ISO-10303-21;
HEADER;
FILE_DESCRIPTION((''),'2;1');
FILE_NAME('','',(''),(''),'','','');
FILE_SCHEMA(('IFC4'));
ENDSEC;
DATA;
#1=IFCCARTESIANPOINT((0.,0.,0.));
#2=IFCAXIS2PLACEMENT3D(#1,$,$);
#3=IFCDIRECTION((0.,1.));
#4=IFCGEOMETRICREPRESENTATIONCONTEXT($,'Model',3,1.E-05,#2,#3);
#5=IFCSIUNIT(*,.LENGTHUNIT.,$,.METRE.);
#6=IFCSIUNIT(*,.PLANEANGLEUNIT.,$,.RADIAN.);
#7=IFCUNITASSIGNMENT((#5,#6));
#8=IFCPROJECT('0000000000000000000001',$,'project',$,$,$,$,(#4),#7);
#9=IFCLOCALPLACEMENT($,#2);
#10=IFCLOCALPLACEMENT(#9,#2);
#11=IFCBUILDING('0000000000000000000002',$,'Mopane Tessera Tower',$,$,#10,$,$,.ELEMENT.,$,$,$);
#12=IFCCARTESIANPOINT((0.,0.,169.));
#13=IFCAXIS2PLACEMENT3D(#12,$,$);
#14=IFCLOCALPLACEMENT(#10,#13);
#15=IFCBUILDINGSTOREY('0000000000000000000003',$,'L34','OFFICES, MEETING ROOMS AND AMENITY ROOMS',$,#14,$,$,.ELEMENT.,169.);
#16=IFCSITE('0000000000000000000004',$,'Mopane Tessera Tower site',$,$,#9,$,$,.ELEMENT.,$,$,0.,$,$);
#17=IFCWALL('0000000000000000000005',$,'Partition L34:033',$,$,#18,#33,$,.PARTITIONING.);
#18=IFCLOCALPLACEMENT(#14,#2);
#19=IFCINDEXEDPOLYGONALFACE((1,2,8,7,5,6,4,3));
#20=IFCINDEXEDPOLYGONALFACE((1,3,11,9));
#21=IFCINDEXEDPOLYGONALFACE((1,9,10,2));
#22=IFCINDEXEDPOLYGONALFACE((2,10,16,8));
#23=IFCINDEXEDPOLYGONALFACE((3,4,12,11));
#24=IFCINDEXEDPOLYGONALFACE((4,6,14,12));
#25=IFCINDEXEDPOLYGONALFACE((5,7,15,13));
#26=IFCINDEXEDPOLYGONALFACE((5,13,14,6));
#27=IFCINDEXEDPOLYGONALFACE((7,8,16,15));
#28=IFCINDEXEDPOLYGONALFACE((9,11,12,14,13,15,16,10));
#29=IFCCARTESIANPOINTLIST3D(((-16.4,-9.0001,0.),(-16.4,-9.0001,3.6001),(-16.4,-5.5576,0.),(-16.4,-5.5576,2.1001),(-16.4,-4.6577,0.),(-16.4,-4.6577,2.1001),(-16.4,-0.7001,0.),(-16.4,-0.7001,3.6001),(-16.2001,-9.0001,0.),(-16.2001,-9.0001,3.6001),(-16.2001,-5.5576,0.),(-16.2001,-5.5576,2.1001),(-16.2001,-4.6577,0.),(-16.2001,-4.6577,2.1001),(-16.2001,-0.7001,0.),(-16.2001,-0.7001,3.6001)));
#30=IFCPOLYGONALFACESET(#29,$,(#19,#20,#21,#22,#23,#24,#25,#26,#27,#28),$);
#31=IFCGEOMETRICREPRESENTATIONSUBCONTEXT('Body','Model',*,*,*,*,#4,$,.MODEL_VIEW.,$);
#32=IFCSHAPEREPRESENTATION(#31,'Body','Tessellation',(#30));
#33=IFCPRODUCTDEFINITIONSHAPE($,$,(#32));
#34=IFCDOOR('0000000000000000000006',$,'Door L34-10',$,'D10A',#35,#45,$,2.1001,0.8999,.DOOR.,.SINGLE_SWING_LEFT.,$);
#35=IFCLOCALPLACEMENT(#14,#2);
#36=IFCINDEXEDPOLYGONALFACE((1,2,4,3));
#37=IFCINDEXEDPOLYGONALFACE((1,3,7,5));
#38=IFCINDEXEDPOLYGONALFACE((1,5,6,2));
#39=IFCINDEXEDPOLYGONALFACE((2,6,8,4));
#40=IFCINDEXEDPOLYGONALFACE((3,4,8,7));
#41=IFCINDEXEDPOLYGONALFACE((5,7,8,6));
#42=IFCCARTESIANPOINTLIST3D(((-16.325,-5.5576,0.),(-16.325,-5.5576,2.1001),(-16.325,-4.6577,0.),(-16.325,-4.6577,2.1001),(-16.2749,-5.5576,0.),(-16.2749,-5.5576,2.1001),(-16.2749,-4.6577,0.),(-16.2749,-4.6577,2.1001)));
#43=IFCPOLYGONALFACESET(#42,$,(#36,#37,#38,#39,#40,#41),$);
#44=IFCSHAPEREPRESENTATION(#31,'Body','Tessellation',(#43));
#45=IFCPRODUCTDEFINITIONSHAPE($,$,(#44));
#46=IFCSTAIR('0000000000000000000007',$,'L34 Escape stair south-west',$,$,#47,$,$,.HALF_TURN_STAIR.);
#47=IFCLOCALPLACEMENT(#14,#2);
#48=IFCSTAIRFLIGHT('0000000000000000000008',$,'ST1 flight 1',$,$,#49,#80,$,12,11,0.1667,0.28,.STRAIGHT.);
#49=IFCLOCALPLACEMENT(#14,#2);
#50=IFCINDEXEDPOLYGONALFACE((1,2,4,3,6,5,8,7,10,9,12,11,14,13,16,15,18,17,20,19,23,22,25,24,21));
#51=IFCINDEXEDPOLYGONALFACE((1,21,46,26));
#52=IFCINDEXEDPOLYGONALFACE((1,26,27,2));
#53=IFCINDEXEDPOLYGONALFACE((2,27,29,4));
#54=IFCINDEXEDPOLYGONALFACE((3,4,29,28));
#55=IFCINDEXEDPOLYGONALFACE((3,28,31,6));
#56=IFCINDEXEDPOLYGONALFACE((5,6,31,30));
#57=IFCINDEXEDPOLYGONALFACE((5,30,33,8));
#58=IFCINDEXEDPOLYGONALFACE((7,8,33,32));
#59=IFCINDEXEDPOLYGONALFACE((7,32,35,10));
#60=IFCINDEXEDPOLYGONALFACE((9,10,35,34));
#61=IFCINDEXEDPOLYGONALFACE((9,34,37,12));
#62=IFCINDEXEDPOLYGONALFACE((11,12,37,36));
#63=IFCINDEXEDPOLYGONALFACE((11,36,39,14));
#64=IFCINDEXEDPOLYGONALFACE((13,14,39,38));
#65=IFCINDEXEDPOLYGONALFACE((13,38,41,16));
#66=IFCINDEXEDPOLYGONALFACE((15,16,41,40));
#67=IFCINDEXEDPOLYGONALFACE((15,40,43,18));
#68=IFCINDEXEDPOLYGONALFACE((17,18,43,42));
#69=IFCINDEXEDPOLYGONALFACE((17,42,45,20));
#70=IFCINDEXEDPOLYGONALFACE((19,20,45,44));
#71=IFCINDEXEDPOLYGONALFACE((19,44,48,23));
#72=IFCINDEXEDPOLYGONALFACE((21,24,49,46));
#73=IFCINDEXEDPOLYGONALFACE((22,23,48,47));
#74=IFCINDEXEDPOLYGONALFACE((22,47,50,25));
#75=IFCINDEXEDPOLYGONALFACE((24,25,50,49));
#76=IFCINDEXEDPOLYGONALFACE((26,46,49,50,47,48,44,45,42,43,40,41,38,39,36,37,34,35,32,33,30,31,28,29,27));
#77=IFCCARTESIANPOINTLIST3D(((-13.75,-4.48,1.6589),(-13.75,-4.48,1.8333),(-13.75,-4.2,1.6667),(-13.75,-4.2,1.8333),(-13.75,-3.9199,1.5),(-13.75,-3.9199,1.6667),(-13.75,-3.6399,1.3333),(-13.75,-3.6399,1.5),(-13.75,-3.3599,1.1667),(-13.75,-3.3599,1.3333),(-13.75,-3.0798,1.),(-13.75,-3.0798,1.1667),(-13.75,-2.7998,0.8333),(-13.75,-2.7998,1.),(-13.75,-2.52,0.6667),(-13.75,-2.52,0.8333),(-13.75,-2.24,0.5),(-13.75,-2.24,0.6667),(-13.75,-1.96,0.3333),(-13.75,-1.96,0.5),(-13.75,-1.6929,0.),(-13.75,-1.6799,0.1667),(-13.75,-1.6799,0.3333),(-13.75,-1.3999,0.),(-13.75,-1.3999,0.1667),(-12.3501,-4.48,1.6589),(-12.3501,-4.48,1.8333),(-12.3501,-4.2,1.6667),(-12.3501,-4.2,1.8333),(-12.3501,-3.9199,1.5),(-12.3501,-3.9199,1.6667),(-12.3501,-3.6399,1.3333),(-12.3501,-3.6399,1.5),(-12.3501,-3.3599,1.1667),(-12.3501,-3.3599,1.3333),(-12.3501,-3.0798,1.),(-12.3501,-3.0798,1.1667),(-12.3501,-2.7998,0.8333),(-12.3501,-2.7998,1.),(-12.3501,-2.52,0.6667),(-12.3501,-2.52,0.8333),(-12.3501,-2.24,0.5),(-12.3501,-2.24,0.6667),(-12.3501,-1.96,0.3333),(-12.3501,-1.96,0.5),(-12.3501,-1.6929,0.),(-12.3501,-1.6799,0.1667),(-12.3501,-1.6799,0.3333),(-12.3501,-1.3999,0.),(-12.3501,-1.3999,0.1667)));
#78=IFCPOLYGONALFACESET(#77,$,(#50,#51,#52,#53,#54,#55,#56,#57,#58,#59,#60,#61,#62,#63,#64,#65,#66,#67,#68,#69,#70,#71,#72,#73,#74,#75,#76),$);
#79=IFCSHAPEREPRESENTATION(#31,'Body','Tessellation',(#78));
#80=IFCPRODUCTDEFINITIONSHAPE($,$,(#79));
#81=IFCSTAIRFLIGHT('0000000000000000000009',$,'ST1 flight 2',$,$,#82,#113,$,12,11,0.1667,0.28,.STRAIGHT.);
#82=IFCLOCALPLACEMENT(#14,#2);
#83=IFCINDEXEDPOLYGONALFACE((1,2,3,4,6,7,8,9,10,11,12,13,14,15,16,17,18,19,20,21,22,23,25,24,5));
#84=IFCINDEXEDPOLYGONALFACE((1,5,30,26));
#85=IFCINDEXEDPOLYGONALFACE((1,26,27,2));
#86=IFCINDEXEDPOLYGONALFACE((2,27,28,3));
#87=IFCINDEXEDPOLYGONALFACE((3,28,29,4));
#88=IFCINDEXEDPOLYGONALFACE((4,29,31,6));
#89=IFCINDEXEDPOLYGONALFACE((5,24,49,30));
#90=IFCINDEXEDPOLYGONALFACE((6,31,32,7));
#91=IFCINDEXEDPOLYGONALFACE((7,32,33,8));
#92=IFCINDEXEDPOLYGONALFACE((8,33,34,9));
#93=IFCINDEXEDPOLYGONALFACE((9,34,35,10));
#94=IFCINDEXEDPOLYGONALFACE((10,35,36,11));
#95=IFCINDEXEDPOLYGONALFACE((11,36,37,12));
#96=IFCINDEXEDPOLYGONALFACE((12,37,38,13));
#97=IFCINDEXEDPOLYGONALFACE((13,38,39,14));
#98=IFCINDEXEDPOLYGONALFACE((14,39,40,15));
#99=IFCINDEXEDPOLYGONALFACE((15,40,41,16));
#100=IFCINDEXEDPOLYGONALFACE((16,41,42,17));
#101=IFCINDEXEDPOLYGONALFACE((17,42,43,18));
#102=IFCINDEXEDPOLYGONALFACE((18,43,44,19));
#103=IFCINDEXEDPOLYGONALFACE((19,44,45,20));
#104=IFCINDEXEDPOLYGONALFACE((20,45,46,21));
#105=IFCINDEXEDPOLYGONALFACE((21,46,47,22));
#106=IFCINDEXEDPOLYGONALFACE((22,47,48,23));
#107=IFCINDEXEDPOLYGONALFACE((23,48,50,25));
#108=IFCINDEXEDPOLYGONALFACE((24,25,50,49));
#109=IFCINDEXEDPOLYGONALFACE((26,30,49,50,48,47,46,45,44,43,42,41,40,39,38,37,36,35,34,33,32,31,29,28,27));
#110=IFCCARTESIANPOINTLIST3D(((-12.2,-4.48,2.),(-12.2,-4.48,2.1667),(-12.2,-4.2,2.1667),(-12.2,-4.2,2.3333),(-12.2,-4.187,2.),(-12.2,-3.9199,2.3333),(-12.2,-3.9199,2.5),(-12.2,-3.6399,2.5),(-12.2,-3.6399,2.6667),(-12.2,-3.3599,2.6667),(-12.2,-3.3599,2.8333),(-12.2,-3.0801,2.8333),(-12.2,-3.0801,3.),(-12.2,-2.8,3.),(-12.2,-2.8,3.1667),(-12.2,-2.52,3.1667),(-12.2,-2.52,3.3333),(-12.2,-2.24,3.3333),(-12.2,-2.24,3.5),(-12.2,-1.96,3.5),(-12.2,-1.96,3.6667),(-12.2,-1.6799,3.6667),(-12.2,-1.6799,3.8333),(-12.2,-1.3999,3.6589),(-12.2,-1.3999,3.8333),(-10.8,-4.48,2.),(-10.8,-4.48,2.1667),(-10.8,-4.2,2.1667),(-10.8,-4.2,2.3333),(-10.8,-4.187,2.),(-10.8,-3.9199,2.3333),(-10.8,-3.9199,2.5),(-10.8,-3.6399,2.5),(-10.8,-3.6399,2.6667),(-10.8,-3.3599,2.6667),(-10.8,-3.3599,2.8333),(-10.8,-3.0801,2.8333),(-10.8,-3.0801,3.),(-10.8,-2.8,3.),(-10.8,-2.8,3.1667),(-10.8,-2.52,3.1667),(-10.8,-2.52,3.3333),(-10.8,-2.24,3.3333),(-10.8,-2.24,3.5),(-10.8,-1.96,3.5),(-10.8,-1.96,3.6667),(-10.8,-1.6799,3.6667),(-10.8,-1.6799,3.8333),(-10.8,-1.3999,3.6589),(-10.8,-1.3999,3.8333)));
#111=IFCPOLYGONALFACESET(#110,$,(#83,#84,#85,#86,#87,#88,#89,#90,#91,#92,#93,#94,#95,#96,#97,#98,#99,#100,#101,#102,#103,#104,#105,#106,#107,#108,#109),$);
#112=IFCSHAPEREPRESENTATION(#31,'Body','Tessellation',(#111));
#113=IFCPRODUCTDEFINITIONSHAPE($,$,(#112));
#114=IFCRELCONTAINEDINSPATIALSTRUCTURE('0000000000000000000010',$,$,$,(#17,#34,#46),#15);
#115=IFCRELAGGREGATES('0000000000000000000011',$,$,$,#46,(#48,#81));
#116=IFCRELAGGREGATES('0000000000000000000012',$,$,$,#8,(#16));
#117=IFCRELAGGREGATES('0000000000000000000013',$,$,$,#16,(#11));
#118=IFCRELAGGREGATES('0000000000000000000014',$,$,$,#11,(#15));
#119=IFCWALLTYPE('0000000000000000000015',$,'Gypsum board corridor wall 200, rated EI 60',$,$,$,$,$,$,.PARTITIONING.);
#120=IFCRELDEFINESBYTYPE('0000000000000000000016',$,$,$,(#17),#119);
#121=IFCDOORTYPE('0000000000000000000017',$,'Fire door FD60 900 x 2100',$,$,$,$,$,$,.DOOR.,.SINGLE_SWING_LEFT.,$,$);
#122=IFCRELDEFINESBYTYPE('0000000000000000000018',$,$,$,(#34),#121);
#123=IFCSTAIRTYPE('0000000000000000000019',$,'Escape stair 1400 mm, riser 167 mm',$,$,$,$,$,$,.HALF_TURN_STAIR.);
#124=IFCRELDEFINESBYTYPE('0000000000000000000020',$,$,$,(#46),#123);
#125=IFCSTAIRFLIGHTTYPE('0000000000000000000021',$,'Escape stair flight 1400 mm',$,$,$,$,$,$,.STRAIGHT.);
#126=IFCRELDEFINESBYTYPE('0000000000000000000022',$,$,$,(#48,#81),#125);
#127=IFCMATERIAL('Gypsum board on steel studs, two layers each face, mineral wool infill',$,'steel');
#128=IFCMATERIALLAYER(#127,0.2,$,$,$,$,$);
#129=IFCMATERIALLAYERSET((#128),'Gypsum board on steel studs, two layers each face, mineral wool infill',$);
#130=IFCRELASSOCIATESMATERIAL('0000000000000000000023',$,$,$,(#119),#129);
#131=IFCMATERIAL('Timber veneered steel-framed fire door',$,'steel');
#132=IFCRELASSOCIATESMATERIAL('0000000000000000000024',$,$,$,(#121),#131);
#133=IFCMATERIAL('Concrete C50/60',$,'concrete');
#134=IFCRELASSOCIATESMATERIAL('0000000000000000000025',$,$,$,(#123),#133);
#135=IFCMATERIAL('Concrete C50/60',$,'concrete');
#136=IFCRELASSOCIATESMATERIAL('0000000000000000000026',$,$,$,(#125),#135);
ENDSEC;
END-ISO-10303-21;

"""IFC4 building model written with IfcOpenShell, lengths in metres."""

from ifc_helpers import new_model, si_unit, direction, frame, frame_2d, origin, place, context, subcontext, project, spatial, polyline, rectangle, outline, extrude, material, layer, layer_set, type_object, element, fill, aggregate, save


model = new_model("IFC4")

# Units and contexts
model_context = context("Model", 3, precision=1e-05, world=origin(), true_north=direction((0.0, 1.0)))
body_context = subcontext(model_context, "Body", "Model", "MODEL_VIEW")
ifc_project = project(units=[si_unit("LENGTHUNIT", "METRE"), si_unit("PLANEANGLEUNIT", "RADIAN")], contexts=[model_context])

# Site, building, storey
site_placement = place(None, origin())
site = spatial("IfcSite", under=ifc_project, at=site_placement, Name="Mopane Tessera Tower site", CompositionType="ELEMENT", RefElevation=0.0)
building_placement = place(site_placement, origin())
building = spatial("IfcBuilding", under=site, at=building_placement, Name="Mopane Tessera Tower", CompositionType="ELEMENT")
storey_placement = place(building_placement, frame((0.0, 0.0, 169.0)))
storey = spatial("IfcBuildingStorey", under=building, at=storey_placement, Name="L34", Description="OFFICES, MEETING ROOMS AND AMENITY ROOMS", CompositionType="ELEMENT", Elevation=169.0)

# Wall, opening, door
ifc_material_1 = material(Name="Gypsum board on steel studs, two layers each face, mineral wool infill", Category="steel")
ifc_layer_1 = layer(ifc_material_1, 0.2)
ifc_layer_set_1 = layer_set([ifc_layer_1], Name="Gypsum board on steel studs, two layers each face, mineral wool infill")
wall_type_1 = type_object("IfcWallType", Name="Gypsum board corridor wall 200, rated EI 60", PredefinedType="PARTITIONING", material=ifc_layer_set_1)
wall_1_placement = place(storey_placement, frame((-16.3, -9.0, 0.0), z_axis=(0.0, 0.0, 1.0), x_axis=(0.0, 1.0, 0.0)))
wall_1 = element("IfcWall", 1, at=wall_1_placement, inside=storey, type_object=wall_type_1, Name="Partition L34:033", PredefinedType="PARTITIONING", context=body_context, shape_type="SweptSolid", body=[
    extrude(rectangle(XDim=8.3, YDim=0.2, at=frame_2d((4.1499, 0.0))), origin(), (0.0, 0.0, 1.0), 3.6001),
])
opening_1_placement = place(wall_1_placement, frame((3.4424, 0.0, 0.0)))
opening_1 = element("IfcOpeningElement", 2, at=opening_1_placement, cuts=wall_1, PredefinedType="OPENING", context=body_context, shape_type="SweptSolid", body=[
    extrude(rectangle(XDim=0.8999, YDim=2.1001, at=frame_2d((0.45, 1.05))), frame((0.0, 0.1121, 0.0), z_axis=(0.0, -1.0, 0.0), x_axis=(1.0, 0.0, 0.0)), (0.0, 0.0, 1.0), 0.2239),
])
ifc_material_2 = material(Name="Timber veneered steel-framed fire door", Category="steel")
door_type_1 = type_object("IfcDoorType", Name="Fire door FD60 900 x 2100", OperationType="SINGLE_SWING_LEFT", PredefinedType="DOOR", material=ifc_material_2)
door_1_placement = place(opening_1_placement, origin())
door_1 = element("IfcDoor", 3, at=door_1_placement, inside=storey, type_object=door_type_1, Name="Door L34-10", ObjectType="D10A", OperationType="SINGLE_SWING_LEFT", OverallHeight=2.1001, OverallWidth=0.8999, PredefinedType="DOOR", context=body_context, shape_type="SweptSolid", body=[
    extrude(rectangle(XDim=0.8999, YDim=2.1001, at=frame_2d((0.45, 1.05))), frame((0.0, 0.0249, 0.0), z_axis=(0.0, -1.0, 0.0), x_axis=(1.0, 0.0, 0.0)), (0.0, 0.0, 1.0), 0.05),
])
fill(opening_1, door_1)

# Stair, stair flights
ifc_material_3 = material(Name="Concrete C50/60", Category="concrete")
stair_type = type_object("IfcStairType", Name="Escape stair 1400 mm, riser 167 mm", PredefinedType="HALF_TURN_STAIR", material=ifc_material_3)
stair_placement = place(storey_placement, origin())
stair = element("IfcStair", 4, at=stair_placement, inside=storey, type_object=stair_type, Name="L34 Escape stair south-west", PredefinedType="HALF_TURN_STAIR")
ifc_material_4 = material(Name="Concrete C50/60", Category="concrete")
stair_flight_type = type_object("IfcStairFlightType", Name="Escape stair flight 1400 mm", PredefinedType="STRAIGHT", material=ifc_material_4)
stair_flight_1_placement = place(storey_placement, frame((-13.05, -1.3999, 0.0), z_axis=(0.0, 0.0, 1.0), x_axis=(0.0, -1.0, 0.0)))
stair_flight_1 = element("IfcStairFlight", 5, at=stair_flight_1_placement, type_object=stair_flight_type, Name="ST1 flight 1", NumberOfRisers=12, NumberOfTreads=11, PredefinedType="STRAIGHT", RiserHeight=0.1667, TreadLength=0.28, context=body_context, shape_type="SweptSolid", body=[
    extrude(outline(polyline([(0.0, 0.0), (0.0, 0.1667), (0.28, 0.1667), (0.28, 0.3333), (0.5601, 0.3333), (0.5601, 0.5), (0.8401, 0.5), (0.8401, 0.6667), (1.1201, 0.6667), (1.1201, 0.8333), (1.3999, 0.8333), (1.3999, 1.0), (1.6799, 1.0), (1.6799, 1.1667), (1.96, 1.1667), (1.96, 1.3333), (2.24, 1.3333), (2.24, 1.5), (2.52, 1.5), (2.52, 1.6667), (2.8, 1.6667), (2.8, 1.8333), (3.0801, 1.8333), (3.0801, 2.0), (3.0801, 1.6589), (0.293, 0.0), (0.0, 0.0)])), frame((0.0, 0.7, 0.0), z_axis=(0.0, -1.0, 0.0), x_axis=(1.0, 0.0, 0.0)), (0.0, 0.0, 1.0), 1.3999),
])
stair_flight_2_placement = place(storey_placement, frame((-11.5, -4.48, 2.0), z_axis=(0.0, 0.0, 1.0), x_axis=(0.0, 1.0, 0.0)))
stair_flight_2 = element("IfcStairFlight", 6, at=stair_flight_2_placement, type_object=stair_flight_type, Name="ST1 flight 2", NumberOfRisers=12, NumberOfTreads=11, PredefinedType="STRAIGHT", RiserHeight=0.1667, TreadLength=0.28, context=body_context, shape_type="SweptSolid", body=[
    extrude(outline(polyline([(0.0, 0.0), (0.0, 0.1667), (0.28, 0.1667), (0.28, 0.3333), (0.5601, 0.3333), (0.5601, 0.5), (0.8401, 0.5), (0.8401, 0.6667), (1.1201, 0.6667), (1.1201, 0.8333), (1.3999, 0.8333), (1.3999, 1.0), (1.6799, 1.0), (1.6799, 1.1667), (1.96, 1.1667), (1.96, 1.3333), (2.24, 1.3333), (2.24, 1.5), (2.52, 1.5), (2.52, 1.6667), (2.8, 1.6667), (2.8, 1.8333), (3.0801, 1.8333), (3.0801, 2.0), (3.0801, 1.6589), (0.293, 0.0), (0.0, 0.0)])), frame((0.0, 0.7, 0.0), z_axis=(0.0, -1.0, 0.0), x_axis=(1.0, 0.0, 0.0)), (0.0, 0.0, 1.0), 1.3999),
])
aggregate(stair, [stair_flight_1, stair_flight_2])

save(model, "model.ifc")
